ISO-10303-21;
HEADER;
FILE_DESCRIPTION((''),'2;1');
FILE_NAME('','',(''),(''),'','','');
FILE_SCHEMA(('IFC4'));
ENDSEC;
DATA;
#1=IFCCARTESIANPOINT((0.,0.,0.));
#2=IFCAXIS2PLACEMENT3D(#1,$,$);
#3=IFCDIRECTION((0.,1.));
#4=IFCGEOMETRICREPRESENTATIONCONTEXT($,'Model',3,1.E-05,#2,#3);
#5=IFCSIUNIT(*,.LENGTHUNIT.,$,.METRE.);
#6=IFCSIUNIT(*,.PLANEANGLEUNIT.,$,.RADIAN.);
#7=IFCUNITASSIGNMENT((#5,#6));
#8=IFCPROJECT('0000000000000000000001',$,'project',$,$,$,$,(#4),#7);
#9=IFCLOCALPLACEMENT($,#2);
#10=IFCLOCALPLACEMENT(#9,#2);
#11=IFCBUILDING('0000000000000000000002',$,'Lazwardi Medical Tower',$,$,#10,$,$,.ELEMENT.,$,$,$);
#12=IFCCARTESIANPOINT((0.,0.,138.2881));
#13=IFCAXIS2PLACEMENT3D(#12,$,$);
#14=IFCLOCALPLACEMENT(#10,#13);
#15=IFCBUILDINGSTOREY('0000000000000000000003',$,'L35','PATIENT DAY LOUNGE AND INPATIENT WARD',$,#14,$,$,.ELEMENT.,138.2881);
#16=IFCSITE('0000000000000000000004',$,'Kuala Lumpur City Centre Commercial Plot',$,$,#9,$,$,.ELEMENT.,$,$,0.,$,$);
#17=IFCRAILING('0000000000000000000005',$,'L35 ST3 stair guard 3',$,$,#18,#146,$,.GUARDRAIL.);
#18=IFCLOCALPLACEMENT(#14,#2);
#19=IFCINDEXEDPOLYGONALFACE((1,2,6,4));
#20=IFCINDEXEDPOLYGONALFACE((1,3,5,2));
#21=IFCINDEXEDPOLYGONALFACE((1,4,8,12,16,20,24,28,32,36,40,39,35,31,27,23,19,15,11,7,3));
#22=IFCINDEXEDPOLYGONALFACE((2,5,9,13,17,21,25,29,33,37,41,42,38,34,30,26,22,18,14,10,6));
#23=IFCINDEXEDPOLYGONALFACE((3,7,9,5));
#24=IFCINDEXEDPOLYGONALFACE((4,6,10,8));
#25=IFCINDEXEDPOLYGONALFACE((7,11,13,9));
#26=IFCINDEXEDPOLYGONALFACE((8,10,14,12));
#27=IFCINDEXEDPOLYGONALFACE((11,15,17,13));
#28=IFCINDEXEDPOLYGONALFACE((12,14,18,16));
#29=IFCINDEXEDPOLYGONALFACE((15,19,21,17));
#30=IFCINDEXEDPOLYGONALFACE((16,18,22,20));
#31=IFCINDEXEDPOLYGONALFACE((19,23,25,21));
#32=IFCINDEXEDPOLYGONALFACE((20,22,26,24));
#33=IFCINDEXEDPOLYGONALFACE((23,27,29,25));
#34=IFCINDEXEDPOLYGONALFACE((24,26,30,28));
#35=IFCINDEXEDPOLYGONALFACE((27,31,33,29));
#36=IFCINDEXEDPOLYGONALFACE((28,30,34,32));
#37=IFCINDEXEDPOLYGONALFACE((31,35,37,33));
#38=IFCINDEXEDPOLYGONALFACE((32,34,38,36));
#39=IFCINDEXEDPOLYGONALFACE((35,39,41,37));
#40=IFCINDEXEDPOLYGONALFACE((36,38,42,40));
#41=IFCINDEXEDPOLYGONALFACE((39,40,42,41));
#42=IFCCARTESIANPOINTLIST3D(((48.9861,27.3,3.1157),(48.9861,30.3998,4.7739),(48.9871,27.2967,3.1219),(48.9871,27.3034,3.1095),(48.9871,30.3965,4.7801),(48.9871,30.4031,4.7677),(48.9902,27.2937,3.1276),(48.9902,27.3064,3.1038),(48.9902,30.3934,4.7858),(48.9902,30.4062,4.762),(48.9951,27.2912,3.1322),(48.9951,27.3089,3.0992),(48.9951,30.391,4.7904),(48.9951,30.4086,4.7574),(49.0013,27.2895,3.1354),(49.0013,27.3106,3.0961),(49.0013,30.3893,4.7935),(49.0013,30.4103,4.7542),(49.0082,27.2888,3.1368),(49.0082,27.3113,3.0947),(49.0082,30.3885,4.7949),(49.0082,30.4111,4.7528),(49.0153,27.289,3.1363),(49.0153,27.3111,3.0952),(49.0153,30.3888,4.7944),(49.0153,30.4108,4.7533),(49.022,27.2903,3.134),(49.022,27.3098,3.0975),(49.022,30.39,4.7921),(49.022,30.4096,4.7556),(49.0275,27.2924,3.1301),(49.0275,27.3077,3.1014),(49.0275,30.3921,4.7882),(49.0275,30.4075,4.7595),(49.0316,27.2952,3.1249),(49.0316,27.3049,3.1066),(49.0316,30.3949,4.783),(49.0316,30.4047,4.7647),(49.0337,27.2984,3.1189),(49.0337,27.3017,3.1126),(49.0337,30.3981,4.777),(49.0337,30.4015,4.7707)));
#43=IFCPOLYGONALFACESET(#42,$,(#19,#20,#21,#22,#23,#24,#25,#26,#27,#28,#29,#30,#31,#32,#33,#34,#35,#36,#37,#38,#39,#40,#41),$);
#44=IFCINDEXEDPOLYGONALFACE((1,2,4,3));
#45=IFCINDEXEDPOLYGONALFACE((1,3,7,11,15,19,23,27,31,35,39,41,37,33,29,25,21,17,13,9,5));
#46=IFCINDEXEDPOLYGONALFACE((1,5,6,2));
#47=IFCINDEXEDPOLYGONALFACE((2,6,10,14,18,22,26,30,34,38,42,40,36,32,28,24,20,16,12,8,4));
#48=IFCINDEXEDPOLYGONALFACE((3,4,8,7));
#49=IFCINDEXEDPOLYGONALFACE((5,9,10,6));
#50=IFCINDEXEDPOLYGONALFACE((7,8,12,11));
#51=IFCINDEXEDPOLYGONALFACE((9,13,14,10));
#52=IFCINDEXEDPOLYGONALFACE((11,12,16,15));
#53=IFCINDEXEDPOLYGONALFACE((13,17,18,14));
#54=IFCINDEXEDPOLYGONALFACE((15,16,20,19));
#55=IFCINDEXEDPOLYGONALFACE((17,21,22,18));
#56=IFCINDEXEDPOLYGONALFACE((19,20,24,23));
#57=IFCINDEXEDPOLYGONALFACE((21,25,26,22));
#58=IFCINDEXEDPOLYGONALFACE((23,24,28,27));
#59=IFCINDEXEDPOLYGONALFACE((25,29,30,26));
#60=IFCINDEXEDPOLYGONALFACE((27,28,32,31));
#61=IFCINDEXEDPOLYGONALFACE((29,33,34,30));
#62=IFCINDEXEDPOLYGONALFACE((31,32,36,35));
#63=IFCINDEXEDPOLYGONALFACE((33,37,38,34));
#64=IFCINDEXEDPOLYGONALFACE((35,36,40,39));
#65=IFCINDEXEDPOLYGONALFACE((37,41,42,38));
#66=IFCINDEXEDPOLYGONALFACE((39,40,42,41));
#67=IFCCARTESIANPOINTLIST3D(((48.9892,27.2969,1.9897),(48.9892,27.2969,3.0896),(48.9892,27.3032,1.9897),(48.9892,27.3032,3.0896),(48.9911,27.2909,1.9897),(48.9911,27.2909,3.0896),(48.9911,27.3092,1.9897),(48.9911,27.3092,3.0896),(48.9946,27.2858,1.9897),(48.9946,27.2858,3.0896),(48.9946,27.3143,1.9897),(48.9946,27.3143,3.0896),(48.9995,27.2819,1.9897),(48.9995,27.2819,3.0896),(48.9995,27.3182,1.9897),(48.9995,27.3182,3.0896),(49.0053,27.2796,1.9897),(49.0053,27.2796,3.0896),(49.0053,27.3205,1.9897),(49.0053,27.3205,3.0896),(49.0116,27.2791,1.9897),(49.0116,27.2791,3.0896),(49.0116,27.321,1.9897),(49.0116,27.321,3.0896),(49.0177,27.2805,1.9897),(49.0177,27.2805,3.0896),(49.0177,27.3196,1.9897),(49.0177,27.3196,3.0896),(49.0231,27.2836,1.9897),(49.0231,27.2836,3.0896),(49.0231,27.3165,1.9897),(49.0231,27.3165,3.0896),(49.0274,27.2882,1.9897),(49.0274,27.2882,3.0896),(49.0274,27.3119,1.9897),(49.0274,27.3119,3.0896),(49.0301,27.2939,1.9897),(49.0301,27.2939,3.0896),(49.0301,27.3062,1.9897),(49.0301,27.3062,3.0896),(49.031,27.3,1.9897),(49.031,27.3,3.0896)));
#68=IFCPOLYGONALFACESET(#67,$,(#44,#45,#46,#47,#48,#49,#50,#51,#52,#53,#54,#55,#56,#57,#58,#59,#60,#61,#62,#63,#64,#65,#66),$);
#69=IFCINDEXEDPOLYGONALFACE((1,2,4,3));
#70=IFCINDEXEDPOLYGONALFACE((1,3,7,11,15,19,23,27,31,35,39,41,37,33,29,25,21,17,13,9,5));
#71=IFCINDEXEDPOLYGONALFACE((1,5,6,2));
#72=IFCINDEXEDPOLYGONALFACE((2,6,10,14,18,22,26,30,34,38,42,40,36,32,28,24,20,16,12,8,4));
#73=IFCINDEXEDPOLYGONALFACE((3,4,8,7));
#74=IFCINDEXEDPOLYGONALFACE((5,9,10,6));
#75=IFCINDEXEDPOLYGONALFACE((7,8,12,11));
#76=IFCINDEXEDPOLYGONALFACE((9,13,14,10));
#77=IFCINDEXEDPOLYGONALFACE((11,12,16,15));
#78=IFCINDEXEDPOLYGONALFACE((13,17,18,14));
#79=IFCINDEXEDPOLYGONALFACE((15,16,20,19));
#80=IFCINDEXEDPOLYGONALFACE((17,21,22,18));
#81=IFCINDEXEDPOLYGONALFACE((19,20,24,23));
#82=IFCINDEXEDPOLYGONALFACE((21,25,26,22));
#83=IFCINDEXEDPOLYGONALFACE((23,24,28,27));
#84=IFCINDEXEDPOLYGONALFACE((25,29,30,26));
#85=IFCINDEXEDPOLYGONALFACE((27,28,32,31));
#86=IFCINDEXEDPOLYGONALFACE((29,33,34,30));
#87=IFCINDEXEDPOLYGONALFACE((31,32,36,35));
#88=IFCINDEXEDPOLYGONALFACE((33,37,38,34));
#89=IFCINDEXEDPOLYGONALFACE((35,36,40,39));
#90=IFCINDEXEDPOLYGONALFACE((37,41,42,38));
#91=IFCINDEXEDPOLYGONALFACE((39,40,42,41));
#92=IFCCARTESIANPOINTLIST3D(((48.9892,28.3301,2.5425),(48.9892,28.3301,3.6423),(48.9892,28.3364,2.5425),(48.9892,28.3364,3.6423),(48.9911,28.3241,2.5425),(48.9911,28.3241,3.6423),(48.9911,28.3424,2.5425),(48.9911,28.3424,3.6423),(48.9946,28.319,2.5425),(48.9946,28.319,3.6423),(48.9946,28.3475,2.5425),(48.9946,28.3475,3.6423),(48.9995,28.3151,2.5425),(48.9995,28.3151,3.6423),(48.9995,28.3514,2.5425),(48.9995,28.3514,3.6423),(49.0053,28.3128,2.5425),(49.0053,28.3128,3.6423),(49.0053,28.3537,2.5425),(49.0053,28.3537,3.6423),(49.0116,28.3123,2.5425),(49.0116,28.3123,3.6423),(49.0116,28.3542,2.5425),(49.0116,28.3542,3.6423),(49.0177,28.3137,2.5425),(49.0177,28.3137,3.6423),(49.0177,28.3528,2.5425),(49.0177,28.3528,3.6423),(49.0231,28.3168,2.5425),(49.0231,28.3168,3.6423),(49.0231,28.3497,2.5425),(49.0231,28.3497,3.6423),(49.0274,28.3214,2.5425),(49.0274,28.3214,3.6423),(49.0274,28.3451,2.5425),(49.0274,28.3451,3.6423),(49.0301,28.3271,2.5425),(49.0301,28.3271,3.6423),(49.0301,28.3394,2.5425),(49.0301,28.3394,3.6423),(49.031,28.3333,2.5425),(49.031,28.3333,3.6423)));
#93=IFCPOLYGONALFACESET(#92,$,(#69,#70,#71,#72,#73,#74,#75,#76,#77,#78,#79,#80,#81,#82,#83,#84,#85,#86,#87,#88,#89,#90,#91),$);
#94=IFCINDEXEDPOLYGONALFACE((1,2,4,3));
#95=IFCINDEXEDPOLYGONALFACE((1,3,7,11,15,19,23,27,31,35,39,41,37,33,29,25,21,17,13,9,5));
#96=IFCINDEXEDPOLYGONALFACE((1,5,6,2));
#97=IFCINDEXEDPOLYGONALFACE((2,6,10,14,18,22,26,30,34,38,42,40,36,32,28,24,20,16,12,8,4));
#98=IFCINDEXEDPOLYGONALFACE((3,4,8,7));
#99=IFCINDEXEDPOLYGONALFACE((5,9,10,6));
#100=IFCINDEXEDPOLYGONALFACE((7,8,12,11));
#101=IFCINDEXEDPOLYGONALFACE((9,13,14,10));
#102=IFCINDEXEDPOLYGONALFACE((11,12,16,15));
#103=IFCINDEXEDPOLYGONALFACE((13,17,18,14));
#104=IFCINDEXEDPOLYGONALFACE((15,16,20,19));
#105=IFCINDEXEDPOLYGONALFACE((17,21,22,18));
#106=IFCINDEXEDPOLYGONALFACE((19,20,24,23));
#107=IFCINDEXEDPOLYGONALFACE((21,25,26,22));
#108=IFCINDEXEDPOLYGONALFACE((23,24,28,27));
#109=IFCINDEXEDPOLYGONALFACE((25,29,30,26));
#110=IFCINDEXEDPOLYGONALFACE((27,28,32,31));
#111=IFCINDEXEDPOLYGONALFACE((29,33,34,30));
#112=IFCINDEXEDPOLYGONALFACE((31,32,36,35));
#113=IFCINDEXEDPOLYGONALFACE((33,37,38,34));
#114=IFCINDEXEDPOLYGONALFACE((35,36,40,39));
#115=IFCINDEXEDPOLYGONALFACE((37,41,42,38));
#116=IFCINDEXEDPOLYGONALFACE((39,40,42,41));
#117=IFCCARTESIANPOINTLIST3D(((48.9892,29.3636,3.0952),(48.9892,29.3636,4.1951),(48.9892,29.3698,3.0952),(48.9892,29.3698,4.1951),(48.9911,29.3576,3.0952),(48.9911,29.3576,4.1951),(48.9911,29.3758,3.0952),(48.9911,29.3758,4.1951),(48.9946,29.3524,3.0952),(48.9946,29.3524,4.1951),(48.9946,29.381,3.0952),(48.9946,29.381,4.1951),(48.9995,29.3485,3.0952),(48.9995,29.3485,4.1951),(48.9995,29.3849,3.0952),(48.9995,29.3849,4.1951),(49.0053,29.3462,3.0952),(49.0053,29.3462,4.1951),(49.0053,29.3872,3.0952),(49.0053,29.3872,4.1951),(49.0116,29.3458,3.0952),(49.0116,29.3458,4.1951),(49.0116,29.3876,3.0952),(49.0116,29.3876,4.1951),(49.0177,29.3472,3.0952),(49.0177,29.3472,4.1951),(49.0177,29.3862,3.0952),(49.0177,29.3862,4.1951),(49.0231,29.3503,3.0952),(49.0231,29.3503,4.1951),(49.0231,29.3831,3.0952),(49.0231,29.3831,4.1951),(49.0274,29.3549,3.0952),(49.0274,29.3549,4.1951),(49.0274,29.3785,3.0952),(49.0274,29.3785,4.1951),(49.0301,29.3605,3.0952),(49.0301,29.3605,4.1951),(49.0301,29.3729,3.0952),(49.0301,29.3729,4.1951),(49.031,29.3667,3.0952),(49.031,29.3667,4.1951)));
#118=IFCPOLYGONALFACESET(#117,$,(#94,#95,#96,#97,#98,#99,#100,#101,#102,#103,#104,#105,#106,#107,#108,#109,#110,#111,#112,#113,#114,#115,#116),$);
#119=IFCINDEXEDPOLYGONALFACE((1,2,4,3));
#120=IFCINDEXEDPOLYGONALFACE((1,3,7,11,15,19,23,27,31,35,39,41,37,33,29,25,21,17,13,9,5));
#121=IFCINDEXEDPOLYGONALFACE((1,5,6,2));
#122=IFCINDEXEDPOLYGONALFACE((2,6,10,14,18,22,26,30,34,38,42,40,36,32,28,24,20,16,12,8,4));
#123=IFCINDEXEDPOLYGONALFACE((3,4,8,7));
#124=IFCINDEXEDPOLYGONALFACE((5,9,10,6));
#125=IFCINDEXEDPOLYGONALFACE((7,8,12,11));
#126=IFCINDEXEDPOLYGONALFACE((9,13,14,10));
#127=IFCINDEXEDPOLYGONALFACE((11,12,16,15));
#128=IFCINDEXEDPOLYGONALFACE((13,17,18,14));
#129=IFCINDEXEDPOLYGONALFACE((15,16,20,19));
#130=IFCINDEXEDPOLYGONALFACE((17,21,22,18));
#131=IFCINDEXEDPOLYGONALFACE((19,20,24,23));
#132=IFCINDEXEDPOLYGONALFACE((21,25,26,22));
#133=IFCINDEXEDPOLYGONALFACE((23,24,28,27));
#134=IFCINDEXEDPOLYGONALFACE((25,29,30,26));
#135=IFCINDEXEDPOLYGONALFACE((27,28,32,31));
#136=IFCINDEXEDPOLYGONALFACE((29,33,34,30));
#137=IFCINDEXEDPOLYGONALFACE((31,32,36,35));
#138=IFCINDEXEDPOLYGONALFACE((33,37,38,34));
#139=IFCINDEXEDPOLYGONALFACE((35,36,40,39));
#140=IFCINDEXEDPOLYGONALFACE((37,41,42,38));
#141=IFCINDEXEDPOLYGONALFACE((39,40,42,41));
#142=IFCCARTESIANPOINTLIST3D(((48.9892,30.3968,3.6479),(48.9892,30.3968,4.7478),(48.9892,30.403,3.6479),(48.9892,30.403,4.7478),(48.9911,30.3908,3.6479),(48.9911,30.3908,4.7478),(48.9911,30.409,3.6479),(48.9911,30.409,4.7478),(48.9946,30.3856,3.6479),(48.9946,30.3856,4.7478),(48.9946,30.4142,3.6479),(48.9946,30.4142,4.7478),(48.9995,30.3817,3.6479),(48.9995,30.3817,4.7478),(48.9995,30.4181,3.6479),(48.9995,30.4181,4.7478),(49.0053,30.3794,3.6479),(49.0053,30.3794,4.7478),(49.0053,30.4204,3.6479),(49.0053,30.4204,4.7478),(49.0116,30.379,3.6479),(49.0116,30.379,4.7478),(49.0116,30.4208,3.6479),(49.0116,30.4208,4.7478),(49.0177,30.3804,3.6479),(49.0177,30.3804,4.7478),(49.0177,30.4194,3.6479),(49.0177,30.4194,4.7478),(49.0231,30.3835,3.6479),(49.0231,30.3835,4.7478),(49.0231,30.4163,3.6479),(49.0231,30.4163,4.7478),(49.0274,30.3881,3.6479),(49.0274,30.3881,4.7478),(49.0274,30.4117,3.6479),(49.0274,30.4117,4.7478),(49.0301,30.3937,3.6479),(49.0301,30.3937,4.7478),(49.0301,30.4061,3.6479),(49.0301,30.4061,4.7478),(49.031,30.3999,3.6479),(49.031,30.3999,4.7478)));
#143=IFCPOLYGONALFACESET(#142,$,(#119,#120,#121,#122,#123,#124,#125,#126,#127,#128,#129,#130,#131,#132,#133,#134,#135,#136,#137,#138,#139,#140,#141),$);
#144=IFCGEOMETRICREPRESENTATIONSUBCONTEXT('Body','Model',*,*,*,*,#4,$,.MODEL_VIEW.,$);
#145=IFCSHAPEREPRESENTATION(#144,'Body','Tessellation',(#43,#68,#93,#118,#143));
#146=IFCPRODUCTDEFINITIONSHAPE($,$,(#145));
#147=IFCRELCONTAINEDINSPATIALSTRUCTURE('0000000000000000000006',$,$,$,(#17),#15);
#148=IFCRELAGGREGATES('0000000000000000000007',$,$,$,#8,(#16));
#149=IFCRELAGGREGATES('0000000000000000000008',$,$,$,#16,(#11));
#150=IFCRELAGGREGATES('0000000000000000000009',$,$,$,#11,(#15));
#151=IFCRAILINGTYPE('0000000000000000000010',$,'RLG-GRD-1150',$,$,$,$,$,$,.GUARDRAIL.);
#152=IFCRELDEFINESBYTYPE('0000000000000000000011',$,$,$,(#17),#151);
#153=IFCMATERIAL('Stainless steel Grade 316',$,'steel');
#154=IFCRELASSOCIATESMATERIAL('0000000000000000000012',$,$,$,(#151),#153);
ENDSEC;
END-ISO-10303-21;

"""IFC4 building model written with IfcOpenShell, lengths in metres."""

from ifc_helpers import new_model, si_unit, direction, frame, origin, origin_2d, place, context, subcontext, project, spatial, circle, extrude, material, type_object, element, save


model = new_model("IFC4")

# Units and contexts
model_context = context("Model", 3, precision=1e-05, world=origin(), true_north=direction((0.0, 1.0)))
body_context = subcontext(model_context, "Body", "Model", "MODEL_VIEW")
ifc_project = project(units=[si_unit("LENGTHUNIT", "METRE"), si_unit("PLANEANGLEUNIT", "RADIAN")], contexts=[model_context])

# Site, building, storey
site_placement = place(None, origin())
site = spatial("IfcSite", under=ifc_project, at=site_placement, Name="Kuala Lumpur City Centre Commercial Plot", CompositionType="ELEMENT", RefElevation=0.0)
building_placement = place(site_placement, origin())
building = spatial("IfcBuilding", under=site, at=building_placement, Name="Lazwardi Medical Tower", CompositionType="ELEMENT")
storey_placement = place(building_placement, frame((0.0, 0.0, 138.2881)))
storey = spatial("IfcBuildingStorey", under=building, at=storey_placement, Name="L35", Description="PATIENT DAY LOUNGE AND INPATIENT WARD", CompositionType="ELEMENT", Elevation=138.2881)

# Railing
ifc_material_1 = material(Name="Stainless steel Grade 316", Category="steel")
railing_type_1 = type_object("IfcRailingType", Name="RLG-GRD-1150", PredefinedType="GUARDRAIL", material=ifc_material_1)
railing_1_placement = place(storey_placement, frame((49.01, 27.3, 1.9897)))
element("IfcRailing", 1, at=railing_1_placement, inside=storey, type_object=railing_type_1, Name="L35 ST3 stair guard 3", PredefinedType="GUARDRAIL", context=body_context, shape_type="SweptSolid", body=[
    extrude(circle(Radius=0.0239, at=origin_2d()), frame((0.0, 0.0, 1.126), z_axis=(0.0, 0.881768, 0.471684), x_axis=(-1.0, 0.0, 0.0)), (0.0, 0.0, 1.0), 3.5154),
    extrude(circle(Radius=0.021, at=origin_2d()), origin(), (0.0, 0.0, 1.0), 1.0999),
    extrude(circle(Radius=0.021, at=origin_2d()), frame((0.0, 1.0332, 0.5527)), (0.0, 0.0, 1.0), 1.0999),
    extrude(circle(Radius=0.021, at=origin_2d()), frame((0.0, 2.0667, 1.1055)), (0.0, 0.0, 1.0), 1.0999),
    extrude(circle(Radius=0.021, at=origin_2d()), frame((0.0, 3.0999, 1.6582)), (0.0, 0.0, 1.0), 1.0999),
])

save(model, "model.ifc")
